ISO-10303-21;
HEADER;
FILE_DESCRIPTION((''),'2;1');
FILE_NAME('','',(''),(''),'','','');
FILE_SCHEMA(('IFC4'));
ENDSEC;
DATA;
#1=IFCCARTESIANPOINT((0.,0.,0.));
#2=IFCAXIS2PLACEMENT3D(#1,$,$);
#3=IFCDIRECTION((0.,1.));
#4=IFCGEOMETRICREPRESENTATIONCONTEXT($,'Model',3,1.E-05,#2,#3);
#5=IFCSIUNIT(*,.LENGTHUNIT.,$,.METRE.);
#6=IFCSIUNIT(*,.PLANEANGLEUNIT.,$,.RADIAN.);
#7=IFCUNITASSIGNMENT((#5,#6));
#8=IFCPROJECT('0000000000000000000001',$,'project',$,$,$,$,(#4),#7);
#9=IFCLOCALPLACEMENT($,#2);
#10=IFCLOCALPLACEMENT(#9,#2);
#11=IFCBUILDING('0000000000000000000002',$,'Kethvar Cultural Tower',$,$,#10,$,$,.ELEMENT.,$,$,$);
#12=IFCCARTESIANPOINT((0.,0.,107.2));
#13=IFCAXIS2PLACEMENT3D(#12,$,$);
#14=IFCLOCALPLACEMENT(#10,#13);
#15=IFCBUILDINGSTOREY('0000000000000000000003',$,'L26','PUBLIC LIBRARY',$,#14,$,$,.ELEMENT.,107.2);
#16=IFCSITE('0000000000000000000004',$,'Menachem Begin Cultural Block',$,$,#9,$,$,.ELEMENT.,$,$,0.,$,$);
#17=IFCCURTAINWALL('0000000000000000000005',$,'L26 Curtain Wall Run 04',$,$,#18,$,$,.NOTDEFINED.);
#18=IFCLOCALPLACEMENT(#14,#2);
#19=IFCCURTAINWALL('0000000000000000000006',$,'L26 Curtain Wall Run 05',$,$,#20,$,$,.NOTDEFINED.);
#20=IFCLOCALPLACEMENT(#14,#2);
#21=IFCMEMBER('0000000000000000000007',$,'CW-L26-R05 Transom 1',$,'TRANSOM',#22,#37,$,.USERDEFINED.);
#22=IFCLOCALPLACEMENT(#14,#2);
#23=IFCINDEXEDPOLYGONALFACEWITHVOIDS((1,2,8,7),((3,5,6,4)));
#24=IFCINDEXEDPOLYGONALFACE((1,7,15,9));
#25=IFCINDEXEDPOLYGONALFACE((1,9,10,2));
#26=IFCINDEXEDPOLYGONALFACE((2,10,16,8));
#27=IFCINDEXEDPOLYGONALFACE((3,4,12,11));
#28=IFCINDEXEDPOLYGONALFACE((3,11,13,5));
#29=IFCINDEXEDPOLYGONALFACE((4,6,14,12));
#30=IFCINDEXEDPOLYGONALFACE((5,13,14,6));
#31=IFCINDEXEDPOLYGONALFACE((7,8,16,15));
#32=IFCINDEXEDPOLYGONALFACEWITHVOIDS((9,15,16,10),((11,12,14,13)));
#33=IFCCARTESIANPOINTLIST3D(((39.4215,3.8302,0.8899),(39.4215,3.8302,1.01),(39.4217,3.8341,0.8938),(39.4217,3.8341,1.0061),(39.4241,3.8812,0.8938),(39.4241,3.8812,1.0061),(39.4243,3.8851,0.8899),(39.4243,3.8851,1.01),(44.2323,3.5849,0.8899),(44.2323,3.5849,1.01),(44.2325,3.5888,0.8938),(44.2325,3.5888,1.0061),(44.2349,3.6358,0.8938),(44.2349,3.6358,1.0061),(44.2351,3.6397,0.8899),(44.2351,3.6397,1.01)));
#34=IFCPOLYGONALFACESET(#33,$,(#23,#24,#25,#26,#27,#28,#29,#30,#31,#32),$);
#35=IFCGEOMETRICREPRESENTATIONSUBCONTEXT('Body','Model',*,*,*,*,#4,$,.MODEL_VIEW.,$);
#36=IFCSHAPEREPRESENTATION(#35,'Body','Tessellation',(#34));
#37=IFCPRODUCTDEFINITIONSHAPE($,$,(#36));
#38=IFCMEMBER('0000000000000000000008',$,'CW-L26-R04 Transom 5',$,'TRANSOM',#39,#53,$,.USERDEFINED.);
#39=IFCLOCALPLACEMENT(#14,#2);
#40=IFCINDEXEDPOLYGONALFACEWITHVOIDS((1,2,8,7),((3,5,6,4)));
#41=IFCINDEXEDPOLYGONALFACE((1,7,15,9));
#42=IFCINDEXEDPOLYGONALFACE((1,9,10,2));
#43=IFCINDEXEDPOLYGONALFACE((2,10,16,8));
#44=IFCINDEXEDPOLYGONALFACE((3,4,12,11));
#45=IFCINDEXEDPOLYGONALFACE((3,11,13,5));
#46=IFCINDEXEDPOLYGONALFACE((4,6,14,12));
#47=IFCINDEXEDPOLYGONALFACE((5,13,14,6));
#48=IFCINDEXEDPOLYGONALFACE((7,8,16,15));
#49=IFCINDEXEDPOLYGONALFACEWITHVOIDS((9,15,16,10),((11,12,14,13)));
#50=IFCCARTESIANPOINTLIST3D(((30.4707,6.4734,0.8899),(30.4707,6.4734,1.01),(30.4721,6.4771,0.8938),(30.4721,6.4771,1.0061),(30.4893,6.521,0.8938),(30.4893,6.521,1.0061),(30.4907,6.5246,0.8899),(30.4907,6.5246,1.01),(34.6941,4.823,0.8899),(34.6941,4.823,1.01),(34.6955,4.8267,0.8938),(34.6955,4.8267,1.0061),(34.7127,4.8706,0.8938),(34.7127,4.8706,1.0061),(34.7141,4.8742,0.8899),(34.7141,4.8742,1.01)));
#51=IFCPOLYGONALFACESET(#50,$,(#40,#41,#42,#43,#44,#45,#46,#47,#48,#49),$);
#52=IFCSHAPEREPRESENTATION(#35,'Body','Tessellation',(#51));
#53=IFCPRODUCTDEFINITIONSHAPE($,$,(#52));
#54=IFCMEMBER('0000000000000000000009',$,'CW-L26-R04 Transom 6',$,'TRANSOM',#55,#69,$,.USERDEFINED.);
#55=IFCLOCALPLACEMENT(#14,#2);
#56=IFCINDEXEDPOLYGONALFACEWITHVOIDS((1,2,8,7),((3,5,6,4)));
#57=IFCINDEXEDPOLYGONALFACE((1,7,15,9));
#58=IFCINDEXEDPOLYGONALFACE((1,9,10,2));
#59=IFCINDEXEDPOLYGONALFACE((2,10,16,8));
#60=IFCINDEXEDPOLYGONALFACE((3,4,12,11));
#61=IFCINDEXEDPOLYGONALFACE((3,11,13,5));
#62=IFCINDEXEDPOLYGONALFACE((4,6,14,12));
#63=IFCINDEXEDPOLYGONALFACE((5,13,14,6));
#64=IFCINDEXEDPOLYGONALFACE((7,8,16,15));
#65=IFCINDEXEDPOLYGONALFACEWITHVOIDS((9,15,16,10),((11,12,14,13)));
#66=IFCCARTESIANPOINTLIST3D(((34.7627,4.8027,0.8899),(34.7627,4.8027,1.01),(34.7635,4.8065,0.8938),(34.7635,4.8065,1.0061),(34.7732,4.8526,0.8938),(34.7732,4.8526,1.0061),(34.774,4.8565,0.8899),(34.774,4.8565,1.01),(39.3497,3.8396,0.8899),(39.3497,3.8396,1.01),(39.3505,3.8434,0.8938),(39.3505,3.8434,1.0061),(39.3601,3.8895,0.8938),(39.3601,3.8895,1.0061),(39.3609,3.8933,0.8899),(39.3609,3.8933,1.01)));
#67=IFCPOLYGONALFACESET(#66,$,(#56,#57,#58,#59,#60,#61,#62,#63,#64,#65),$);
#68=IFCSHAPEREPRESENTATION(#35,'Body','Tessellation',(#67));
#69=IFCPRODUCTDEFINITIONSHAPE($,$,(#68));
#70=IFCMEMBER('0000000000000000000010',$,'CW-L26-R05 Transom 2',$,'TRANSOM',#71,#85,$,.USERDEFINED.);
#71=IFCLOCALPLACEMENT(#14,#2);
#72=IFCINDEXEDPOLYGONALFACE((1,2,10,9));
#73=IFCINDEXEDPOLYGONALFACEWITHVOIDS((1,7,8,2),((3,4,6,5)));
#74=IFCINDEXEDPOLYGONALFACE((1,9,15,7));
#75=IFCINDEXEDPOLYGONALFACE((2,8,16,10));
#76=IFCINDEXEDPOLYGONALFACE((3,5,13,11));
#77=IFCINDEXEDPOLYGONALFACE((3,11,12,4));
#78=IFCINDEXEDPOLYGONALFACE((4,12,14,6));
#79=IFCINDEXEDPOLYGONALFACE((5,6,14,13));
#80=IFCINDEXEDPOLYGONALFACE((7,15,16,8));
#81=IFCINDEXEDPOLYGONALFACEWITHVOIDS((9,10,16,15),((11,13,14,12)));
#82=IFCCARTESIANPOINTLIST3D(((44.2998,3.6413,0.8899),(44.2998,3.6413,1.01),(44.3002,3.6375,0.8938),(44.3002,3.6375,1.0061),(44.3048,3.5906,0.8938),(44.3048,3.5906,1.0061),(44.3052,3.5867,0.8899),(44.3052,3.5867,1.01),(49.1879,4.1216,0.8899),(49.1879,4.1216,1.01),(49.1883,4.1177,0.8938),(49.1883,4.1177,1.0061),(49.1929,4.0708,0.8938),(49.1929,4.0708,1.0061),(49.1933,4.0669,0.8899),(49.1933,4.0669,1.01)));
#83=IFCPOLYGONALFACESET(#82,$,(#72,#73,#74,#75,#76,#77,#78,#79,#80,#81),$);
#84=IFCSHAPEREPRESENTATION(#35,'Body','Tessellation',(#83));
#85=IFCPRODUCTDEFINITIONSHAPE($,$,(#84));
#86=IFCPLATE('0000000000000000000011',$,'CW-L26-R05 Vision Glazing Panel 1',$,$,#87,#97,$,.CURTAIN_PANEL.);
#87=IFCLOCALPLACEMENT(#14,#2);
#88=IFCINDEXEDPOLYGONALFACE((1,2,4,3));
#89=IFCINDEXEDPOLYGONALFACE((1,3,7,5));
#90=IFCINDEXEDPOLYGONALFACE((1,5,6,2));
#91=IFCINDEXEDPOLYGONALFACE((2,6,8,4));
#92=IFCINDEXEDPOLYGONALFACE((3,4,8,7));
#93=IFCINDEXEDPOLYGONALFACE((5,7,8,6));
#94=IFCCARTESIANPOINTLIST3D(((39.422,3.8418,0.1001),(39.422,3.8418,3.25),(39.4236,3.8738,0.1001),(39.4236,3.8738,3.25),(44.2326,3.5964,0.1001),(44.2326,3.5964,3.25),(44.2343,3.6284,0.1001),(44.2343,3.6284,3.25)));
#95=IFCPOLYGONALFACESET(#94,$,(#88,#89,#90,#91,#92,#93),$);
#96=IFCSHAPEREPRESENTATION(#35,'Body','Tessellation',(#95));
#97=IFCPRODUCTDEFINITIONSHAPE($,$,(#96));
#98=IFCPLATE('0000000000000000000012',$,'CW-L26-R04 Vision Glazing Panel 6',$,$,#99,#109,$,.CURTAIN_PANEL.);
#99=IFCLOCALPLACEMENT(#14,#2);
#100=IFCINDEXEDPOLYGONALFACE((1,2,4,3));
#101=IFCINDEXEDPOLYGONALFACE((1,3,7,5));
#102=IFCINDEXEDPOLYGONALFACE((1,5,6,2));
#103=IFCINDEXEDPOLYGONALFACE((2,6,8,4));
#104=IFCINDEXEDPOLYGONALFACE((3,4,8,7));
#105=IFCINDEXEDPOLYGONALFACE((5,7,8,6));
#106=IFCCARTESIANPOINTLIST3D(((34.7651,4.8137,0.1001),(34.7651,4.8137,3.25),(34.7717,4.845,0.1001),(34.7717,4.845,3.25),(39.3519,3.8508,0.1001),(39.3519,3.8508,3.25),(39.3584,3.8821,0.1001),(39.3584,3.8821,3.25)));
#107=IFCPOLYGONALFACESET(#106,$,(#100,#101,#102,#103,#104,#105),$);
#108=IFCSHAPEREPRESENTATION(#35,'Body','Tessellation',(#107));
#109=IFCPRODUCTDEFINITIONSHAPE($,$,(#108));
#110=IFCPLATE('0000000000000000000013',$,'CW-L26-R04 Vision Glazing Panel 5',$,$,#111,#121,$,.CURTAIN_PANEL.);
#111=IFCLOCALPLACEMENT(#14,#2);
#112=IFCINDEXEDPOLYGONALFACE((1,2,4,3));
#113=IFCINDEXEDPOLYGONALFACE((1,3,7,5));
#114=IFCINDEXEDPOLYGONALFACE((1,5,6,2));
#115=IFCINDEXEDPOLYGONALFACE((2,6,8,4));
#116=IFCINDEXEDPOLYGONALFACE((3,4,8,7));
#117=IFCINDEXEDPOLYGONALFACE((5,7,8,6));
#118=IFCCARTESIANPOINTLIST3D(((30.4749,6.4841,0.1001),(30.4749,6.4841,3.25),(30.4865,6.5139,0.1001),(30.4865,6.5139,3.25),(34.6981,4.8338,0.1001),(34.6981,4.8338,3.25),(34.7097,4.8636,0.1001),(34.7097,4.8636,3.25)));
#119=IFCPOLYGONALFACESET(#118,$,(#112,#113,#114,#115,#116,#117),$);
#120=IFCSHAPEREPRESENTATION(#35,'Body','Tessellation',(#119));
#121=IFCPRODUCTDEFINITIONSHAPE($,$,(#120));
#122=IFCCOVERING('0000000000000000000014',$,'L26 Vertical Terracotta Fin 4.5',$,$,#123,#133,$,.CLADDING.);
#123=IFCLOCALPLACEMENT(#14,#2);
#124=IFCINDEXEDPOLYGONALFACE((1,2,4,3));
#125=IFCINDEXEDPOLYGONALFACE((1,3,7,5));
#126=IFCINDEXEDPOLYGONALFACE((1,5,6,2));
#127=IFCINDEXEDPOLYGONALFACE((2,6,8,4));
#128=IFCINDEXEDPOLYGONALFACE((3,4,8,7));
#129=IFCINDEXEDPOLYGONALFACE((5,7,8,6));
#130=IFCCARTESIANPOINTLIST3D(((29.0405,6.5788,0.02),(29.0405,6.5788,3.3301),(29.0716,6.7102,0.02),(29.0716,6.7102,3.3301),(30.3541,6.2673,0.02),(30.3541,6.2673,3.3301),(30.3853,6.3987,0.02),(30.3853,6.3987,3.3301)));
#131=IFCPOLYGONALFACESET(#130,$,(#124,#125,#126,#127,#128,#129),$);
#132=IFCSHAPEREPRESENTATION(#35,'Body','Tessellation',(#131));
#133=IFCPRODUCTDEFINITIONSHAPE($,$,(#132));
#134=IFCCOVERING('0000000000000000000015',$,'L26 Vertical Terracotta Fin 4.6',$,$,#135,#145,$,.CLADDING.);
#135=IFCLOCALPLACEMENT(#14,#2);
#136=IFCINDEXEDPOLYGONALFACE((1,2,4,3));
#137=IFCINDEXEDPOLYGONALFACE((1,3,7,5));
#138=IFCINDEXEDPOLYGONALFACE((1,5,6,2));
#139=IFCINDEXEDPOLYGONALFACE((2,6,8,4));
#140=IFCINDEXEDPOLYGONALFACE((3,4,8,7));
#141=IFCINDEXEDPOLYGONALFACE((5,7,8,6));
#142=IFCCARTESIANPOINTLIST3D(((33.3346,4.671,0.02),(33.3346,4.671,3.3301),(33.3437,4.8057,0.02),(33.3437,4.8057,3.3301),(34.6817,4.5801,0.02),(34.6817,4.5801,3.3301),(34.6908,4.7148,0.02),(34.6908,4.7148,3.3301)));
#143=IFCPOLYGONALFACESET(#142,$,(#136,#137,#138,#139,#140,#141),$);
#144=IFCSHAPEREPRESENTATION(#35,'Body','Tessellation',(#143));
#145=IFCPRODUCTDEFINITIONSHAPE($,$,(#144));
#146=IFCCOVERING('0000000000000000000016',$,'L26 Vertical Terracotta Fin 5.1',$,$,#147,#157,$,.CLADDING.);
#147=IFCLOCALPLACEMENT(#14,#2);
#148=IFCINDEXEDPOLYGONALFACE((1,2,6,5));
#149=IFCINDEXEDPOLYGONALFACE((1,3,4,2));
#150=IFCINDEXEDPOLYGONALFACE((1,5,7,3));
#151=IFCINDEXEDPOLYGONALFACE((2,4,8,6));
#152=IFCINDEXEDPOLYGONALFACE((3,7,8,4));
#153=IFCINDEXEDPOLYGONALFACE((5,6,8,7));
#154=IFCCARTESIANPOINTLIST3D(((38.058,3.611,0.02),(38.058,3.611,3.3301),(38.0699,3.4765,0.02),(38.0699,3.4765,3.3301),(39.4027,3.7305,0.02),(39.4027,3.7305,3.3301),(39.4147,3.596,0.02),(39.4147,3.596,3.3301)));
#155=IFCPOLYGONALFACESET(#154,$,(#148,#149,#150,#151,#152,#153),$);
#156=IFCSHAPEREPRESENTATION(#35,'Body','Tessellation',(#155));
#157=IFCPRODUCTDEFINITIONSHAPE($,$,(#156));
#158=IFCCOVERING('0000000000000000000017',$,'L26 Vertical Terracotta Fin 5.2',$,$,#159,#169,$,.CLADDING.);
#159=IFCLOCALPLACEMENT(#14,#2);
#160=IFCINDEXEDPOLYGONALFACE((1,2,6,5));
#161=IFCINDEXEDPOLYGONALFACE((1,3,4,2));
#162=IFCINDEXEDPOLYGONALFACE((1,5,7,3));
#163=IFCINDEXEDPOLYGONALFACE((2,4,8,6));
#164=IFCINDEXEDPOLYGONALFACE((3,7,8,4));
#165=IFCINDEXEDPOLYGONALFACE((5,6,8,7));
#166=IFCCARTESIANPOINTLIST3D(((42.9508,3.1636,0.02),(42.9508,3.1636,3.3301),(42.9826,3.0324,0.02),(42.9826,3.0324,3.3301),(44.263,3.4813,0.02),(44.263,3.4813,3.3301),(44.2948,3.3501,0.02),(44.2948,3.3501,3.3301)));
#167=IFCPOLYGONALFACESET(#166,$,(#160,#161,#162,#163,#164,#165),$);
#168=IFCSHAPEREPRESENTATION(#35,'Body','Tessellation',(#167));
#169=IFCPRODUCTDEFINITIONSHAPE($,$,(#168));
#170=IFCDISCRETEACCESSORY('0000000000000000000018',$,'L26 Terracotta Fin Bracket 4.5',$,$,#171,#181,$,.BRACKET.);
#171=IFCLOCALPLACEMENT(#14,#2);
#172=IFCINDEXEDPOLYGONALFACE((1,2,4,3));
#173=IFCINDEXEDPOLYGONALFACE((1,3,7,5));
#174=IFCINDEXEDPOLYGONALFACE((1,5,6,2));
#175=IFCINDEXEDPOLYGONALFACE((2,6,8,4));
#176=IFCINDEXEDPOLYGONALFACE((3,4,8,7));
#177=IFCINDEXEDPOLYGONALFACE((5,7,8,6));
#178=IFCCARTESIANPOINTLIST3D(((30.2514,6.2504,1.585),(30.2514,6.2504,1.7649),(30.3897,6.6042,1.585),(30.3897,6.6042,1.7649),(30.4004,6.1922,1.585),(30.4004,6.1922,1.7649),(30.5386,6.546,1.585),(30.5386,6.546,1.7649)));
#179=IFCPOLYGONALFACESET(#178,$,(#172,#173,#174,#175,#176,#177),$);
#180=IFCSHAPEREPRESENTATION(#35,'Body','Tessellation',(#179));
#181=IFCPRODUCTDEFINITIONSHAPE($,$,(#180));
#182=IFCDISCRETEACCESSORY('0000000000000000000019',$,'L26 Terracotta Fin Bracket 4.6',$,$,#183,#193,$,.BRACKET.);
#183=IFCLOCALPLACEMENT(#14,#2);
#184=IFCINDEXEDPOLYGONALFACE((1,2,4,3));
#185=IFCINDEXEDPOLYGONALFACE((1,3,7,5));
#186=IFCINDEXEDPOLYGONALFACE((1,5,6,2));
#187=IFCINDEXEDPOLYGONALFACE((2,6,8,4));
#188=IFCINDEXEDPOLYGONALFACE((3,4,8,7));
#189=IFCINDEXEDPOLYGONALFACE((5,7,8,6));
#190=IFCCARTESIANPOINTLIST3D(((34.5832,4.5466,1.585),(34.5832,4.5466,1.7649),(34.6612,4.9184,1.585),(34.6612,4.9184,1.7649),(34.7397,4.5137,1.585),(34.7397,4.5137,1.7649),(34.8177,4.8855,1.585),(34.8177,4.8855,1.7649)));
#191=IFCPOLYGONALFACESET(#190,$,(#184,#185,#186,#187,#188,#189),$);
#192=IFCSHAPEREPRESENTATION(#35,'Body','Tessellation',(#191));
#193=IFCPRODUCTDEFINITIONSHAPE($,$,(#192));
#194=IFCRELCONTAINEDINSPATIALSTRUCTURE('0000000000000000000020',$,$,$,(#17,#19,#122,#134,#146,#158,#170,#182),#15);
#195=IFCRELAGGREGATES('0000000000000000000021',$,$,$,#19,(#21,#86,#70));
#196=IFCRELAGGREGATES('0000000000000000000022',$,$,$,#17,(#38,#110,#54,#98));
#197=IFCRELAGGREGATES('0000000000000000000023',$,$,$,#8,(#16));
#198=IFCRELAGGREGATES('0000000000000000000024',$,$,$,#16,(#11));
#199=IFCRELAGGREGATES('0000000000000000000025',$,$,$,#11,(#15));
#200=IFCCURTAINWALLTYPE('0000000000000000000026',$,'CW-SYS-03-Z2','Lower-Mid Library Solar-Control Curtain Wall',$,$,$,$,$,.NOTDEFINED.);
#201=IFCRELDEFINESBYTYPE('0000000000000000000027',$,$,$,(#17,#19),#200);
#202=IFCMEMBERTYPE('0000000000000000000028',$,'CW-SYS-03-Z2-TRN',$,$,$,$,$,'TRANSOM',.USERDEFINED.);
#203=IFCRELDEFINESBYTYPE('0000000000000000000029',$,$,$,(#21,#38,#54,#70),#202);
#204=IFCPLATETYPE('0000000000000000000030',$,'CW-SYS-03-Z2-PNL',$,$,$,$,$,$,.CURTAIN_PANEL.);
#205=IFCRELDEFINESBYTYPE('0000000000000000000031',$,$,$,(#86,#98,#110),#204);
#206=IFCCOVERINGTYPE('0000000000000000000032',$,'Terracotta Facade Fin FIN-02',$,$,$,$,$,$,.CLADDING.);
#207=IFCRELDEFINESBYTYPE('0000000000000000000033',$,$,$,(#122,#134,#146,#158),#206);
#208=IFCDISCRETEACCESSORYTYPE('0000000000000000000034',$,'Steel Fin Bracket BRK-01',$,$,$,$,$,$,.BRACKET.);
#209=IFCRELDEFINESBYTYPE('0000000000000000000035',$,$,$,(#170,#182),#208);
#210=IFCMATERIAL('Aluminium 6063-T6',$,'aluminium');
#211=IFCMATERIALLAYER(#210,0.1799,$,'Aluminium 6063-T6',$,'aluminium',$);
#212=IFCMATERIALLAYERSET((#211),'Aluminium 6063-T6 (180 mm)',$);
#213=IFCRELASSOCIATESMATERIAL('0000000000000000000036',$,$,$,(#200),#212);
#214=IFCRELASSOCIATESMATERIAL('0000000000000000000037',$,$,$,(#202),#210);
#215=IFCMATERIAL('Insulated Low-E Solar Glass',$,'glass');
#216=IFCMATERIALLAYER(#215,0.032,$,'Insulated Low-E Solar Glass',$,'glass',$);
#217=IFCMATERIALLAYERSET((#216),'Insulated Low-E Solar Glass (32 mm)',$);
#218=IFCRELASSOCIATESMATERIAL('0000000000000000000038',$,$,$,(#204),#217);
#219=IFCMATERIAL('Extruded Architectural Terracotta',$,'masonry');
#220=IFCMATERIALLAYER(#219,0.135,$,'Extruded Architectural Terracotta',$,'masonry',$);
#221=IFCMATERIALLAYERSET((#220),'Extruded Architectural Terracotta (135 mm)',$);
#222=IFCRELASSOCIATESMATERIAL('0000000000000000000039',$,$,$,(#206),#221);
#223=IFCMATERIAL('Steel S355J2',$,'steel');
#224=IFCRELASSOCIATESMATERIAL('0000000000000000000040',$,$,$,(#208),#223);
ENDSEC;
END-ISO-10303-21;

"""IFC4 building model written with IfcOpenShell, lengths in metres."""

from ifc_helpers import new_model, si_unit, direction, frame, origin, origin_2d, place, context, subcontext, project, spatial, rectangle, hollow_rectangle, extrude, source, transform, mapped, material, layer, layer_set, material_profile, profile_set, type_object, element, aggregate, save


model = new_model("IFC4")

# Units and contexts
model_context = context("Model", 3, precision=1e-05, world=origin(), true_north=direction((0.0, 1.0)))
body_context = subcontext(model_context, "Body", "Model", "MODEL_VIEW")
ifc_project = project(units=[si_unit("LENGTHUNIT", "METRE"), si_unit("PLANEANGLEUNIT", "RADIAN")], contexts=[model_context])

# Site, building, storey
site_placement = place(None, origin())
site = spatial("IfcSite", under=ifc_project, at=site_placement, Name="Menachem Begin Cultural Block", CompositionType="ELEMENT", RefElevation=0.0)
building_placement = place(site_placement, origin())
building = spatial("IfcBuilding", under=site, at=building_placement, Name="Kethvar Cultural Tower", CompositionType="ELEMENT")
storey_placement = place(building_placement, frame((0.0, 0.0, 107.2)))
storey = spatial("IfcBuildingStorey", under=building, at=storey_placement, Name="L26", Description="PUBLIC LIBRARY", CompositionType="ELEMENT", Elevation=107.2)

# Shared definitions
ifc_material_1 = material(Name="Steel S355J2", Category="steel")

# Curtain walls, member
ifc_material_2 = material(Name="Aluminium 6063-T6", Category="aluminium")
ifc_layer_1 = layer(ifc_material_2, 0.1799, Name="Aluminium 6063-T6", Category="aluminium")
ifc_layer_set_1 = layer_set([ifc_layer_1], Name="Aluminium 6063-T6 (180 mm)")
curtain_wall_type = type_object("IfcCurtainWallType", Name="CW-SYS-03-Z2", Description="Lower-Mid Library Solar-Control Curtain Wall", PredefinedType="NOTDEFINED", material=ifc_layer_set_1)
curtain_wall_1_placement = place(storey_placement, origin())
curtain_wall_1 = element("IfcCurtainWall", 1, at=curtain_wall_1_placement, inside=storey, type_object=curtain_wall_type, Name="L26 Curtain Wall Run 04", PredefinedType="NOTDEFINED")
curtain_wall_2_placement = place(storey_placement, origin())
curtain_wall_2 = element("IfcCurtainWall", 2, at=curtain_wall_2_placement, inside=storey, type_object=curtain_wall_type, Name="L26 Curtain Wall Run 05", PredefinedType="NOTDEFINED")
ifc_material_profile_1 = material_profile(ifc_material_2, hollow_rectangle(XDim=0.0549, YDim=0.1201, WallThickness=0.0039, at=origin_2d()), Name="Aluminium 6063-T6 — RHS120x55x4")
ifc_profile_set_1 = profile_set([ifc_material_profile_1], Name="Aluminium 6063-T6 — RHS120x55x4")
member_type_1 = type_object("IfcMemberType", Name="CW-SYS-03-Z2-TRN", ElementType="TRANSOM", PredefinedType="USERDEFINED", material=ifc_profile_set_1)
shared_shape_1 = source(origin(), body_context, "Body", "SweptSolid", [
    extrude(hollow_rectangle(XDim=0.0549, YDim=0.1201, WallThickness=0.0039, at=origin_2d()), origin(), (0.0, 0.0, 1.0), 4.8171),
])
member_1_placement = place(storey_placement, frame((39.4229, 3.8577, 0.95), z_axis=(0.998702, -0.050936, 0.0), x_axis=(0.050936, 0.998702, 0.0)))
member_1 = element("IfcMember", 3, at=member_1_placement, type_object=member_type_1, Name="CW-L26-R05 Transom 1", ObjectType="TRANSOM", PredefinedType="USERDEFINED", context=body_context, shape_type="MappedRepresentation", body=[
    mapped(shared_shape_1, transform((0.0, 0.0, 0.0), scale=1.0)),
])

# Members
shared_shape_2 = source(origin(), body_context, "Body", "SweptSolid", [
    extrude(hollow_rectangle(XDim=0.0549, YDim=0.1201, WallThickness=0.0039, at=origin_2d()), origin(), (0.0, 0.0, 1.0), 4.5344),
])
member_2_placement = place(storey_placement, frame((30.4807, 6.499, 0.95), z_axis=(0.93141, -0.363971, 0.0), x_axis=(0.363971, 0.93141, 0.0)))
member_2 = element("IfcMember", 4, at=member_2_placement, type_object=member_type_1, Name="CW-L26-R04 Transom 5", ObjectType="TRANSOM", PredefinedType="USERDEFINED", context=body_context, shape_type="MappedRepresentation", body=[
    mapped(shared_shape_2, transform((0.0, 0.0, 0.0), scale=1.0)),
])
shared_shape_3 = source(origin(), body_context, "Body", "SweptSolid", [
    extrude(hollow_rectangle(XDim=0.0549, YDim=0.1201, WallThickness=0.0039, at=origin_2d()), origin(), (0.0, 0.0, 1.0), 4.687),
])
member_3_placement = place(storey_placement, frame((34.7683, 4.8296, 0.95), z_axis=(0.978659, -0.205493, 0.0), x_axis=(0.205493, 0.978659, 0.0)))
member_3 = element("IfcMember", 5, at=member_3_placement, type_object=member_type_1, Name="CW-L26-R04 Transom 6", ObjectType="TRANSOM", PredefinedType="USERDEFINED", context=body_context, shape_type="MappedRepresentation", body=[
    mapped(shared_shape_3, transform((0.0, 0.0, 0.0), scale=1.0)),
])
shared_shape_4 = source(origin(), body_context, "Body", "SweptSolid", [
    extrude(hollow_rectangle(XDim=0.0549, YDim=0.1201, WallThickness=0.0039, at=origin_2d()), origin(), (0.0, 0.0, 1.0), 4.9116),
])
member_4_placement = place(storey_placement, frame((44.3025, 3.614, 0.95), z_axis=(0.995209, 0.097771, 0.0), x_axis=(-0.097771, 0.995209, 0.0)))
member_4 = element("IfcMember", 6, at=member_4_placement, type_object=member_type_1, Name="CW-L26-R05 Transom 2", ObjectType="TRANSOM", PredefinedType="USERDEFINED", context=body_context, shape_type="MappedRepresentation", body=[
    mapped(shared_shape_4, transform((0.0, 0.0, 0.0), scale=1.0)),
])

# Plates
ifc_material_3 = material(Name="Insulated Low-E Solar Glass", Category="glass")
ifc_layer_2 = layer(ifc_material_3, 0.032, Name="Insulated Low-E Solar Glass", Category="glass")
ifc_layer_set_2 = layer_set([ifc_layer_2], Name="Insulated Low-E Solar Glass (32 mm)")
plate_type = type_object("IfcPlateType", Name="CW-SYS-03-Z2-PNL", PredefinedType="CURTAIN_PANEL", material=ifc_layer_set_2)
shared_shape_5 = source(origin(), body_context, "Body", "SweptSolid", [
    extrude(rectangle(XDim=4.8169, YDim=0.032, at=origin_2d()), origin(), (0.0, 0.0, 1.0), 3.1499),
])
plate_1_placement = place(storey_placement, frame((41.8281, 3.7351, 0.1001), z_axis=(0.0, 0.0, 1.0), x_axis=(0.998702, -0.050942, 0.0)))
plate_1 = element("IfcPlate", 7, at=plate_1_placement, type_object=plate_type, Name="CW-L26-R05 Vision Glazing Panel 1", PredefinedType="CURTAIN_PANEL", context=body_context, shape_type="MappedRepresentation", body=[
    mapped(shared_shape_5, transform((0.0, 0.0, 0.0), scale=1.0)),
])
aggregate(curtain_wall_2, [member_1, plate_1, member_4])
shared_shape_6 = source(origin(), body_context, "Body", "SweptSolid", [
    extrude(rectangle(XDim=4.6868, YDim=0.032, at=origin_2d()), origin(), (0.0, 0.0, 1.0), 3.1499),
])
plate_2_placement = place(storey_placement, frame((37.0618, 4.3479, 0.1001), z_axis=(0.0, 0.0, 1.0), x_axis=(0.978667, -0.205453, 0.0)))
plate_2 = element("IfcPlate", 8, at=plate_2_placement, type_object=plate_type, Name="CW-L26-R04 Vision Glazing Panel 6", PredefinedType="CURTAIN_PANEL", context=body_context, shape_type="MappedRepresentation", body=[
    mapped(shared_shape_6, transform((0.0, 0.0, 0.0), scale=1.0)),
])
shared_shape_7 = source(origin(), body_context, "Body", "SweptSolid", [
    extrude(rectangle(XDim=4.5342, YDim=0.032, at=origin_2d()), origin(), (0.0, 0.0, 1.0), 3.1499),
])
plate_3_placement = place(storey_placement, frame((32.5923, 5.6738, 0.1001), z_axis=(0.0, 0.0, 1.0), x_axis=(0.931412, -0.363967, 0.0)))
plate_3 = element("IfcPlate", 9, at=plate_3_placement, type_object=plate_type, Name="CW-L26-R04 Vision Glazing Panel 5", PredefinedType="CURTAIN_PANEL", context=body_context, shape_type="MappedRepresentation", body=[
    mapped(shared_shape_7, transform((0.0, 0.0, 0.0), scale=1.0)),
])
aggregate(curtain_wall_1, [member_2, plate_3, member_3, plate_2])

# Coverings
ifc_material_4 = material(Name="Extruded Architectural Terracotta", Category="masonry")
ifc_layer_3 = layer(ifc_material_4, 0.135, Name="Extruded Architectural Terracotta", Category="masonry")
ifc_layer_set_3 = layer_set([ifc_layer_3], Name="Extruded Architectural Terracotta (135 mm)")
covering_type = type_object("IfcCoveringType", Name="Terracotta Facade Fin FIN-02", PredefinedType="CLADDING", material=ifc_layer_set_3)
shared_shape_8 = source(origin(), body_context, "Body", "SweptSolid", [
    extrude(rectangle(XDim=1.3501, YDim=0.135, at=origin_2d()), origin(), (0.0, 0.0, 1.0), 3.3101),
])
for number, where, z_axis, x_axis, name in (
    (10, (29.7129, 6.4888, 0.02), (0.0, 0.0, 1.0), (-0.973018, 0.230729, 0.0), "L26 Vertical Terracotta Fin 4.5"),
    (11, (34.0127, 4.6929, 0.02), (0.0, 0.0, 1.0), (-0.997732, 0.067319, 0.0), "L26 Vertical Terracotta Fin 4.6"),
    (12, (38.7363, 3.6035, 0.02), (0.0, 0.0, 1.0), (-0.996072, -0.088547, 0.0), "L26 Vertical Terracotta Fin 5.1"),
    (13, (43.6228, 3.2568, 0.02), (0.0, 0.0, 1.0), (-0.97192, -0.235312, 0.0), "L26 Vertical Terracotta Fin 5.2"),
):
    element("IfcCovering", number, at=place(storey_placement, frame(where, z_axis=z_axis, x_axis=x_axis)), inside=storey, type_object=covering_type, Name=name, PredefinedType="CLADDING", context=body_context, shape_type="MappedRepresentation", body=[
        mapped(shared_shape_8, transform((0.0, 0.0, 0.0), scale=1.0)),
    ])

# Discrete accessories
discrete_accessory_type = type_object("IfcDiscreteAccessoryType", Name="Steel Fin Bracket BRK-01", PredefinedType="BRACKET", material=ifc_material_1)
shared_shape_9 = source(origin(), body_context, "Body", "SweptSolid", [
    extrude(rectangle(XDim=0.3799, YDim=0.1599, at=origin_2d()), origin(), (0.0, 0.0, 1.0), 0.1799),
])
for number, where, z_axis, x_axis, name in (
    (14, (30.395, 6.3982, 1.585), (0.0, 0.0, 1.0), (-0.363902, -0.931437, 0.0), "L26 Terracotta Fin Bracket 4.5"),
    (15, (34.7004, 4.7161, 1.585), (0.0, 0.0, 1.0), (-0.205521, -0.978653, 0.0), "L26 Terracotta Fin Bracket 4.6"),
):
    element("IfcDiscreteAccessory", number, at=place(storey_placement, frame(where, z_axis=z_axis, x_axis=x_axis)), inside=storey, type_object=discrete_accessory_type, Name=name, PredefinedType="BRACKET", context=body_context, shape_type="MappedRepresentation", body=[
        mapped(shared_shape_9, transform((0.0, 0.0, 0.0), scale=1.0)),
    ])

save(model, "model.ifc")
